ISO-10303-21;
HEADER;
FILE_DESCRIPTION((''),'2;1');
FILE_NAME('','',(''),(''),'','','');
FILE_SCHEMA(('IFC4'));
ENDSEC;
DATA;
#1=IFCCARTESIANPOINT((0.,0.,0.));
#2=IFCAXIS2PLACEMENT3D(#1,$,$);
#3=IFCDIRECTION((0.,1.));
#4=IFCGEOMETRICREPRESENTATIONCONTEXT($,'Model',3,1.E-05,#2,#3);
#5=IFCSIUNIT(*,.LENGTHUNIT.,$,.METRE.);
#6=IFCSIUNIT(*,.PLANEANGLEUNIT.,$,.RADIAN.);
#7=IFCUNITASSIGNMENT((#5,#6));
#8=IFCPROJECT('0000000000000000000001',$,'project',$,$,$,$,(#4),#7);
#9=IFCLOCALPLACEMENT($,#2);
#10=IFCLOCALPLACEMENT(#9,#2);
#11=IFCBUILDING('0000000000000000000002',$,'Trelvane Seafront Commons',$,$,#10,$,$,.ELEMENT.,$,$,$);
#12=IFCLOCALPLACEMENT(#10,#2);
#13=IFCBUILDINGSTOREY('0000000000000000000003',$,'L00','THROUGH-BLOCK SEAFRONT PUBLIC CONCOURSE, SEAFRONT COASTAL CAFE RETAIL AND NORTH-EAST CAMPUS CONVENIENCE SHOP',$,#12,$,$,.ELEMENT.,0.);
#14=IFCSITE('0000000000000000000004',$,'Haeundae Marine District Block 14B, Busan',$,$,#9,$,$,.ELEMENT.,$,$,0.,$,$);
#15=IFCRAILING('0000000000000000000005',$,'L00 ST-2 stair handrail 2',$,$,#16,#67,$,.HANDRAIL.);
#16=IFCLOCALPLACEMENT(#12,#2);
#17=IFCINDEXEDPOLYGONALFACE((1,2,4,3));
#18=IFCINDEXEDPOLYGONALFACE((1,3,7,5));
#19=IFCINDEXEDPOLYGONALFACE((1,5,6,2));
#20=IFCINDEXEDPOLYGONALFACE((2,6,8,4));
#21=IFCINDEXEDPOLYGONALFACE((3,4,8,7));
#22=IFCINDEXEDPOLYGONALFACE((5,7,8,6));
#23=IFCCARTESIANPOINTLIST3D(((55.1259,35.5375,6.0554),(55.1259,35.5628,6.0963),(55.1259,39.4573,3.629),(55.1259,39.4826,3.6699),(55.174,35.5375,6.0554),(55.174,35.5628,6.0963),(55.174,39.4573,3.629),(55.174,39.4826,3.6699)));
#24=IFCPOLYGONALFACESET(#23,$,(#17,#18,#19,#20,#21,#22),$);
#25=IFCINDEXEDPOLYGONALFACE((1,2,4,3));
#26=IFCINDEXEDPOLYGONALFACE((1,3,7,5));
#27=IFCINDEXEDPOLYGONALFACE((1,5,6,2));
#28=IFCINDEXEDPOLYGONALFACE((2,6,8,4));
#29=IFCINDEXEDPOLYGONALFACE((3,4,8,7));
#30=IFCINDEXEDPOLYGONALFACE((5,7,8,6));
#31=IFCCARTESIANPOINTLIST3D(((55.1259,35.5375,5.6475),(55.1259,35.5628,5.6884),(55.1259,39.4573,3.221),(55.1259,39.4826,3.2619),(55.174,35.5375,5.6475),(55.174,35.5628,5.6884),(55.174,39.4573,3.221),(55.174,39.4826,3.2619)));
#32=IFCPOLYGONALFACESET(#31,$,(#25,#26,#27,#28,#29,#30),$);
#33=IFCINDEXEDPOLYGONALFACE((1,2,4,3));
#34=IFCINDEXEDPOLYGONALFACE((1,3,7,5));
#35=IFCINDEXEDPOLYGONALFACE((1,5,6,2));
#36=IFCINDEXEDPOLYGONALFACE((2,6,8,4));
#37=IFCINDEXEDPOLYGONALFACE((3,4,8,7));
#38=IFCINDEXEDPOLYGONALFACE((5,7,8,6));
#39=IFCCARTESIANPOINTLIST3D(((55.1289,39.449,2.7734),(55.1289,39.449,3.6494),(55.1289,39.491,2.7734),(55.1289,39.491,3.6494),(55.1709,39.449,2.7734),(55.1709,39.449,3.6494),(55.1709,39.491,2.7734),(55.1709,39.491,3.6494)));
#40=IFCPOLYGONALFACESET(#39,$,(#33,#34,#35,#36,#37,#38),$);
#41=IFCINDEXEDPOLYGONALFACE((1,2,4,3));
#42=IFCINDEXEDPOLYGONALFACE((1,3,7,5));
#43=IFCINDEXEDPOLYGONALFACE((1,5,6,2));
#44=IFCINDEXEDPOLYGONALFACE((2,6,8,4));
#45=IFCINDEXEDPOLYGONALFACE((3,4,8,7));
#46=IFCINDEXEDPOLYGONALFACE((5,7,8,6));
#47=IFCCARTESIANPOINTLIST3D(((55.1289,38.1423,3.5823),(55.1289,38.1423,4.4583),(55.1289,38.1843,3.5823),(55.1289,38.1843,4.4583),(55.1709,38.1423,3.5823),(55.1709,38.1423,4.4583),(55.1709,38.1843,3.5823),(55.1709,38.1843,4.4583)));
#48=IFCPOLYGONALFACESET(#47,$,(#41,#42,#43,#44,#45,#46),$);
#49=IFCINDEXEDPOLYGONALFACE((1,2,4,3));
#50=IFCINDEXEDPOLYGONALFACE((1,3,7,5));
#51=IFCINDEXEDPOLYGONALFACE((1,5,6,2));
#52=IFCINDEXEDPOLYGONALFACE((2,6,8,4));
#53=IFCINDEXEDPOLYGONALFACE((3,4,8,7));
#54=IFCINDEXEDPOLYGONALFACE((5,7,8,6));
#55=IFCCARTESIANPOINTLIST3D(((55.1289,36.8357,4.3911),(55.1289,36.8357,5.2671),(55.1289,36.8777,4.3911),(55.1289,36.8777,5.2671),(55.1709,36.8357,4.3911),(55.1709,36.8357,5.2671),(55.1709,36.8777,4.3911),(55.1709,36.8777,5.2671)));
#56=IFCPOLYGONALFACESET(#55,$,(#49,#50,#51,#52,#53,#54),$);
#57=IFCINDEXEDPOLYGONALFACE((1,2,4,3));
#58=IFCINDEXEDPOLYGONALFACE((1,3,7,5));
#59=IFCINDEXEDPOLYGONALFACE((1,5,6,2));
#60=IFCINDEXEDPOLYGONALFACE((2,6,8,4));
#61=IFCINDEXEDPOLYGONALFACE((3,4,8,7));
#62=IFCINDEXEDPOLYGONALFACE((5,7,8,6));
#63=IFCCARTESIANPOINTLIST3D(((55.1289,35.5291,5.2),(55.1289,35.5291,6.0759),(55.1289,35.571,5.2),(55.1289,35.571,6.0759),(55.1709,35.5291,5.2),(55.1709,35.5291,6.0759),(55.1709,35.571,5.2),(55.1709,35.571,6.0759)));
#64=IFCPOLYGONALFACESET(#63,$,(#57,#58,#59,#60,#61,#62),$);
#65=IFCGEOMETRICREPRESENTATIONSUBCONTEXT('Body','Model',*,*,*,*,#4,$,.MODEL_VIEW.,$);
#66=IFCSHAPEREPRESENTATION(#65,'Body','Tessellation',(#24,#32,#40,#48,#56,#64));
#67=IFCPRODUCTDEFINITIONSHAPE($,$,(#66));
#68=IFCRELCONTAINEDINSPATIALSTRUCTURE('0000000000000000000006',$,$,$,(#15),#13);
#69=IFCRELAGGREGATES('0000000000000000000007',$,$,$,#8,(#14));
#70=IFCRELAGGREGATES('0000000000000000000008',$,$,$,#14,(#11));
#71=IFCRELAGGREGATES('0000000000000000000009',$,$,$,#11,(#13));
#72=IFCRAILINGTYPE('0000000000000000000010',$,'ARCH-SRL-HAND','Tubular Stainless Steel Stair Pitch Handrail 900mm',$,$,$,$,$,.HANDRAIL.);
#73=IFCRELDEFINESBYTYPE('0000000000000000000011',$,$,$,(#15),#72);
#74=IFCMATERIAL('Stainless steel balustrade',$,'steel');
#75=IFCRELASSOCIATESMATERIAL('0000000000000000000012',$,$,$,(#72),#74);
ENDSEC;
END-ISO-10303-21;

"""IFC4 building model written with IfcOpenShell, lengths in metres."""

from ifc_helpers import new_model, si_unit, direction, frame, origin, origin_2d, place, context, subcontext, project, spatial, rectangle, extrude, material, type_object, element, save


model = new_model("IFC4")

# Units and contexts
model_context = context("Model", 3, precision=1e-05, world=origin(), true_north=direction((0.0, 1.0)))
body_context = subcontext(model_context, "Body", "Model", "MODEL_VIEW")
ifc_project = project(units=[si_unit("LENGTHUNIT", "METRE"), si_unit("PLANEANGLEUNIT", "RADIAN")], contexts=[model_context])

# Site, building, storey
site_placement = place(None, origin())
site = spatial("IfcSite", under=ifc_project, at=site_placement, Name="Haeundae Marine District Block 14B, Busan", CompositionType="ELEMENT", RefElevation=0.0)
building_placement = place(site_placement, origin())
building = spatial("IfcBuilding", under=site, at=building_placement, Name="Trelvane Seafront Commons", CompositionType="ELEMENT")
storey_placement = place(building_placement, origin())
storey = spatial("IfcBuildingStorey", under=building, at=storey_placement, Name="L00", Description="THROUGH-BLOCK SEAFRONT PUBLIC CONCOURSE, SEAFRONT COASTAL CAFE RETAIL AND NORTH-EAST CAMPUS CONVENIENCE SHOP", CompositionType="ELEMENT", Elevation=0.0)

# Railing
ifc_material_1 = material(Name="Stainless steel balustrade", Category="steel")
railing_type_1 = type_object("IfcRailingType", Name="ARCH-SRL-HAND", Description="Tubular Stainless Steel Stair Pitch Handrail 900mm", PredefinedType="HANDRAIL", material=ifc_material_1)
railing_1_placement = place(storey_placement, frame((55.1499, 39.47, 2.7734)))
element("IfcRailing", 1, at=railing_1_placement, inside=storey, type_object=railing_type_1, Name="L00 ST-2 stair handrail 2", PredefinedType="HANDRAIL", context=body_context, shape_type="SweptSolid", body=[
    extrude(rectangle(XDim=0.0481, YDim=0.0481, at=origin_2d()), frame((0.0, 0.0, 0.876), z_axis=(0.0, -0.850275, 0.526338), x_axis=(1.0, 0.0, 0.0)), (0.0, 0.0, 1.0), 4.6101),
    extrude(rectangle(XDim=0.0481, YDim=0.0481, at=origin_2d()), frame((0.0, 0.0, 0.468), z_axis=(0.0, -0.850275, 0.526338), x_axis=(1.0, 0.0, 0.0)), (0.0, 0.0, 1.0), 4.6101),
    extrude(rectangle(XDim=0.042, YDim=0.042, at=origin_2d()), origin(), (0.0, 0.0, 1.0), 0.876),
    extrude(rectangle(XDim=0.042, YDim=0.042, at=origin_2d()), frame((0.0, -1.3066, 0.8088)), (0.0, 0.0, 1.0), 0.876),
    extrude(rectangle(XDim=0.042, YDim=0.042, at=origin_2d()), frame((0.0, -2.6133, 1.6177)), (0.0, 0.0, 1.0), 0.876),
    extrude(rectangle(XDim=0.042, YDim=0.042, at=origin_2d()), frame((0.0, -3.9199, 2.4265)), (0.0, 0.0, 1.0), 0.876),
])

save(model, "model.ifc")
